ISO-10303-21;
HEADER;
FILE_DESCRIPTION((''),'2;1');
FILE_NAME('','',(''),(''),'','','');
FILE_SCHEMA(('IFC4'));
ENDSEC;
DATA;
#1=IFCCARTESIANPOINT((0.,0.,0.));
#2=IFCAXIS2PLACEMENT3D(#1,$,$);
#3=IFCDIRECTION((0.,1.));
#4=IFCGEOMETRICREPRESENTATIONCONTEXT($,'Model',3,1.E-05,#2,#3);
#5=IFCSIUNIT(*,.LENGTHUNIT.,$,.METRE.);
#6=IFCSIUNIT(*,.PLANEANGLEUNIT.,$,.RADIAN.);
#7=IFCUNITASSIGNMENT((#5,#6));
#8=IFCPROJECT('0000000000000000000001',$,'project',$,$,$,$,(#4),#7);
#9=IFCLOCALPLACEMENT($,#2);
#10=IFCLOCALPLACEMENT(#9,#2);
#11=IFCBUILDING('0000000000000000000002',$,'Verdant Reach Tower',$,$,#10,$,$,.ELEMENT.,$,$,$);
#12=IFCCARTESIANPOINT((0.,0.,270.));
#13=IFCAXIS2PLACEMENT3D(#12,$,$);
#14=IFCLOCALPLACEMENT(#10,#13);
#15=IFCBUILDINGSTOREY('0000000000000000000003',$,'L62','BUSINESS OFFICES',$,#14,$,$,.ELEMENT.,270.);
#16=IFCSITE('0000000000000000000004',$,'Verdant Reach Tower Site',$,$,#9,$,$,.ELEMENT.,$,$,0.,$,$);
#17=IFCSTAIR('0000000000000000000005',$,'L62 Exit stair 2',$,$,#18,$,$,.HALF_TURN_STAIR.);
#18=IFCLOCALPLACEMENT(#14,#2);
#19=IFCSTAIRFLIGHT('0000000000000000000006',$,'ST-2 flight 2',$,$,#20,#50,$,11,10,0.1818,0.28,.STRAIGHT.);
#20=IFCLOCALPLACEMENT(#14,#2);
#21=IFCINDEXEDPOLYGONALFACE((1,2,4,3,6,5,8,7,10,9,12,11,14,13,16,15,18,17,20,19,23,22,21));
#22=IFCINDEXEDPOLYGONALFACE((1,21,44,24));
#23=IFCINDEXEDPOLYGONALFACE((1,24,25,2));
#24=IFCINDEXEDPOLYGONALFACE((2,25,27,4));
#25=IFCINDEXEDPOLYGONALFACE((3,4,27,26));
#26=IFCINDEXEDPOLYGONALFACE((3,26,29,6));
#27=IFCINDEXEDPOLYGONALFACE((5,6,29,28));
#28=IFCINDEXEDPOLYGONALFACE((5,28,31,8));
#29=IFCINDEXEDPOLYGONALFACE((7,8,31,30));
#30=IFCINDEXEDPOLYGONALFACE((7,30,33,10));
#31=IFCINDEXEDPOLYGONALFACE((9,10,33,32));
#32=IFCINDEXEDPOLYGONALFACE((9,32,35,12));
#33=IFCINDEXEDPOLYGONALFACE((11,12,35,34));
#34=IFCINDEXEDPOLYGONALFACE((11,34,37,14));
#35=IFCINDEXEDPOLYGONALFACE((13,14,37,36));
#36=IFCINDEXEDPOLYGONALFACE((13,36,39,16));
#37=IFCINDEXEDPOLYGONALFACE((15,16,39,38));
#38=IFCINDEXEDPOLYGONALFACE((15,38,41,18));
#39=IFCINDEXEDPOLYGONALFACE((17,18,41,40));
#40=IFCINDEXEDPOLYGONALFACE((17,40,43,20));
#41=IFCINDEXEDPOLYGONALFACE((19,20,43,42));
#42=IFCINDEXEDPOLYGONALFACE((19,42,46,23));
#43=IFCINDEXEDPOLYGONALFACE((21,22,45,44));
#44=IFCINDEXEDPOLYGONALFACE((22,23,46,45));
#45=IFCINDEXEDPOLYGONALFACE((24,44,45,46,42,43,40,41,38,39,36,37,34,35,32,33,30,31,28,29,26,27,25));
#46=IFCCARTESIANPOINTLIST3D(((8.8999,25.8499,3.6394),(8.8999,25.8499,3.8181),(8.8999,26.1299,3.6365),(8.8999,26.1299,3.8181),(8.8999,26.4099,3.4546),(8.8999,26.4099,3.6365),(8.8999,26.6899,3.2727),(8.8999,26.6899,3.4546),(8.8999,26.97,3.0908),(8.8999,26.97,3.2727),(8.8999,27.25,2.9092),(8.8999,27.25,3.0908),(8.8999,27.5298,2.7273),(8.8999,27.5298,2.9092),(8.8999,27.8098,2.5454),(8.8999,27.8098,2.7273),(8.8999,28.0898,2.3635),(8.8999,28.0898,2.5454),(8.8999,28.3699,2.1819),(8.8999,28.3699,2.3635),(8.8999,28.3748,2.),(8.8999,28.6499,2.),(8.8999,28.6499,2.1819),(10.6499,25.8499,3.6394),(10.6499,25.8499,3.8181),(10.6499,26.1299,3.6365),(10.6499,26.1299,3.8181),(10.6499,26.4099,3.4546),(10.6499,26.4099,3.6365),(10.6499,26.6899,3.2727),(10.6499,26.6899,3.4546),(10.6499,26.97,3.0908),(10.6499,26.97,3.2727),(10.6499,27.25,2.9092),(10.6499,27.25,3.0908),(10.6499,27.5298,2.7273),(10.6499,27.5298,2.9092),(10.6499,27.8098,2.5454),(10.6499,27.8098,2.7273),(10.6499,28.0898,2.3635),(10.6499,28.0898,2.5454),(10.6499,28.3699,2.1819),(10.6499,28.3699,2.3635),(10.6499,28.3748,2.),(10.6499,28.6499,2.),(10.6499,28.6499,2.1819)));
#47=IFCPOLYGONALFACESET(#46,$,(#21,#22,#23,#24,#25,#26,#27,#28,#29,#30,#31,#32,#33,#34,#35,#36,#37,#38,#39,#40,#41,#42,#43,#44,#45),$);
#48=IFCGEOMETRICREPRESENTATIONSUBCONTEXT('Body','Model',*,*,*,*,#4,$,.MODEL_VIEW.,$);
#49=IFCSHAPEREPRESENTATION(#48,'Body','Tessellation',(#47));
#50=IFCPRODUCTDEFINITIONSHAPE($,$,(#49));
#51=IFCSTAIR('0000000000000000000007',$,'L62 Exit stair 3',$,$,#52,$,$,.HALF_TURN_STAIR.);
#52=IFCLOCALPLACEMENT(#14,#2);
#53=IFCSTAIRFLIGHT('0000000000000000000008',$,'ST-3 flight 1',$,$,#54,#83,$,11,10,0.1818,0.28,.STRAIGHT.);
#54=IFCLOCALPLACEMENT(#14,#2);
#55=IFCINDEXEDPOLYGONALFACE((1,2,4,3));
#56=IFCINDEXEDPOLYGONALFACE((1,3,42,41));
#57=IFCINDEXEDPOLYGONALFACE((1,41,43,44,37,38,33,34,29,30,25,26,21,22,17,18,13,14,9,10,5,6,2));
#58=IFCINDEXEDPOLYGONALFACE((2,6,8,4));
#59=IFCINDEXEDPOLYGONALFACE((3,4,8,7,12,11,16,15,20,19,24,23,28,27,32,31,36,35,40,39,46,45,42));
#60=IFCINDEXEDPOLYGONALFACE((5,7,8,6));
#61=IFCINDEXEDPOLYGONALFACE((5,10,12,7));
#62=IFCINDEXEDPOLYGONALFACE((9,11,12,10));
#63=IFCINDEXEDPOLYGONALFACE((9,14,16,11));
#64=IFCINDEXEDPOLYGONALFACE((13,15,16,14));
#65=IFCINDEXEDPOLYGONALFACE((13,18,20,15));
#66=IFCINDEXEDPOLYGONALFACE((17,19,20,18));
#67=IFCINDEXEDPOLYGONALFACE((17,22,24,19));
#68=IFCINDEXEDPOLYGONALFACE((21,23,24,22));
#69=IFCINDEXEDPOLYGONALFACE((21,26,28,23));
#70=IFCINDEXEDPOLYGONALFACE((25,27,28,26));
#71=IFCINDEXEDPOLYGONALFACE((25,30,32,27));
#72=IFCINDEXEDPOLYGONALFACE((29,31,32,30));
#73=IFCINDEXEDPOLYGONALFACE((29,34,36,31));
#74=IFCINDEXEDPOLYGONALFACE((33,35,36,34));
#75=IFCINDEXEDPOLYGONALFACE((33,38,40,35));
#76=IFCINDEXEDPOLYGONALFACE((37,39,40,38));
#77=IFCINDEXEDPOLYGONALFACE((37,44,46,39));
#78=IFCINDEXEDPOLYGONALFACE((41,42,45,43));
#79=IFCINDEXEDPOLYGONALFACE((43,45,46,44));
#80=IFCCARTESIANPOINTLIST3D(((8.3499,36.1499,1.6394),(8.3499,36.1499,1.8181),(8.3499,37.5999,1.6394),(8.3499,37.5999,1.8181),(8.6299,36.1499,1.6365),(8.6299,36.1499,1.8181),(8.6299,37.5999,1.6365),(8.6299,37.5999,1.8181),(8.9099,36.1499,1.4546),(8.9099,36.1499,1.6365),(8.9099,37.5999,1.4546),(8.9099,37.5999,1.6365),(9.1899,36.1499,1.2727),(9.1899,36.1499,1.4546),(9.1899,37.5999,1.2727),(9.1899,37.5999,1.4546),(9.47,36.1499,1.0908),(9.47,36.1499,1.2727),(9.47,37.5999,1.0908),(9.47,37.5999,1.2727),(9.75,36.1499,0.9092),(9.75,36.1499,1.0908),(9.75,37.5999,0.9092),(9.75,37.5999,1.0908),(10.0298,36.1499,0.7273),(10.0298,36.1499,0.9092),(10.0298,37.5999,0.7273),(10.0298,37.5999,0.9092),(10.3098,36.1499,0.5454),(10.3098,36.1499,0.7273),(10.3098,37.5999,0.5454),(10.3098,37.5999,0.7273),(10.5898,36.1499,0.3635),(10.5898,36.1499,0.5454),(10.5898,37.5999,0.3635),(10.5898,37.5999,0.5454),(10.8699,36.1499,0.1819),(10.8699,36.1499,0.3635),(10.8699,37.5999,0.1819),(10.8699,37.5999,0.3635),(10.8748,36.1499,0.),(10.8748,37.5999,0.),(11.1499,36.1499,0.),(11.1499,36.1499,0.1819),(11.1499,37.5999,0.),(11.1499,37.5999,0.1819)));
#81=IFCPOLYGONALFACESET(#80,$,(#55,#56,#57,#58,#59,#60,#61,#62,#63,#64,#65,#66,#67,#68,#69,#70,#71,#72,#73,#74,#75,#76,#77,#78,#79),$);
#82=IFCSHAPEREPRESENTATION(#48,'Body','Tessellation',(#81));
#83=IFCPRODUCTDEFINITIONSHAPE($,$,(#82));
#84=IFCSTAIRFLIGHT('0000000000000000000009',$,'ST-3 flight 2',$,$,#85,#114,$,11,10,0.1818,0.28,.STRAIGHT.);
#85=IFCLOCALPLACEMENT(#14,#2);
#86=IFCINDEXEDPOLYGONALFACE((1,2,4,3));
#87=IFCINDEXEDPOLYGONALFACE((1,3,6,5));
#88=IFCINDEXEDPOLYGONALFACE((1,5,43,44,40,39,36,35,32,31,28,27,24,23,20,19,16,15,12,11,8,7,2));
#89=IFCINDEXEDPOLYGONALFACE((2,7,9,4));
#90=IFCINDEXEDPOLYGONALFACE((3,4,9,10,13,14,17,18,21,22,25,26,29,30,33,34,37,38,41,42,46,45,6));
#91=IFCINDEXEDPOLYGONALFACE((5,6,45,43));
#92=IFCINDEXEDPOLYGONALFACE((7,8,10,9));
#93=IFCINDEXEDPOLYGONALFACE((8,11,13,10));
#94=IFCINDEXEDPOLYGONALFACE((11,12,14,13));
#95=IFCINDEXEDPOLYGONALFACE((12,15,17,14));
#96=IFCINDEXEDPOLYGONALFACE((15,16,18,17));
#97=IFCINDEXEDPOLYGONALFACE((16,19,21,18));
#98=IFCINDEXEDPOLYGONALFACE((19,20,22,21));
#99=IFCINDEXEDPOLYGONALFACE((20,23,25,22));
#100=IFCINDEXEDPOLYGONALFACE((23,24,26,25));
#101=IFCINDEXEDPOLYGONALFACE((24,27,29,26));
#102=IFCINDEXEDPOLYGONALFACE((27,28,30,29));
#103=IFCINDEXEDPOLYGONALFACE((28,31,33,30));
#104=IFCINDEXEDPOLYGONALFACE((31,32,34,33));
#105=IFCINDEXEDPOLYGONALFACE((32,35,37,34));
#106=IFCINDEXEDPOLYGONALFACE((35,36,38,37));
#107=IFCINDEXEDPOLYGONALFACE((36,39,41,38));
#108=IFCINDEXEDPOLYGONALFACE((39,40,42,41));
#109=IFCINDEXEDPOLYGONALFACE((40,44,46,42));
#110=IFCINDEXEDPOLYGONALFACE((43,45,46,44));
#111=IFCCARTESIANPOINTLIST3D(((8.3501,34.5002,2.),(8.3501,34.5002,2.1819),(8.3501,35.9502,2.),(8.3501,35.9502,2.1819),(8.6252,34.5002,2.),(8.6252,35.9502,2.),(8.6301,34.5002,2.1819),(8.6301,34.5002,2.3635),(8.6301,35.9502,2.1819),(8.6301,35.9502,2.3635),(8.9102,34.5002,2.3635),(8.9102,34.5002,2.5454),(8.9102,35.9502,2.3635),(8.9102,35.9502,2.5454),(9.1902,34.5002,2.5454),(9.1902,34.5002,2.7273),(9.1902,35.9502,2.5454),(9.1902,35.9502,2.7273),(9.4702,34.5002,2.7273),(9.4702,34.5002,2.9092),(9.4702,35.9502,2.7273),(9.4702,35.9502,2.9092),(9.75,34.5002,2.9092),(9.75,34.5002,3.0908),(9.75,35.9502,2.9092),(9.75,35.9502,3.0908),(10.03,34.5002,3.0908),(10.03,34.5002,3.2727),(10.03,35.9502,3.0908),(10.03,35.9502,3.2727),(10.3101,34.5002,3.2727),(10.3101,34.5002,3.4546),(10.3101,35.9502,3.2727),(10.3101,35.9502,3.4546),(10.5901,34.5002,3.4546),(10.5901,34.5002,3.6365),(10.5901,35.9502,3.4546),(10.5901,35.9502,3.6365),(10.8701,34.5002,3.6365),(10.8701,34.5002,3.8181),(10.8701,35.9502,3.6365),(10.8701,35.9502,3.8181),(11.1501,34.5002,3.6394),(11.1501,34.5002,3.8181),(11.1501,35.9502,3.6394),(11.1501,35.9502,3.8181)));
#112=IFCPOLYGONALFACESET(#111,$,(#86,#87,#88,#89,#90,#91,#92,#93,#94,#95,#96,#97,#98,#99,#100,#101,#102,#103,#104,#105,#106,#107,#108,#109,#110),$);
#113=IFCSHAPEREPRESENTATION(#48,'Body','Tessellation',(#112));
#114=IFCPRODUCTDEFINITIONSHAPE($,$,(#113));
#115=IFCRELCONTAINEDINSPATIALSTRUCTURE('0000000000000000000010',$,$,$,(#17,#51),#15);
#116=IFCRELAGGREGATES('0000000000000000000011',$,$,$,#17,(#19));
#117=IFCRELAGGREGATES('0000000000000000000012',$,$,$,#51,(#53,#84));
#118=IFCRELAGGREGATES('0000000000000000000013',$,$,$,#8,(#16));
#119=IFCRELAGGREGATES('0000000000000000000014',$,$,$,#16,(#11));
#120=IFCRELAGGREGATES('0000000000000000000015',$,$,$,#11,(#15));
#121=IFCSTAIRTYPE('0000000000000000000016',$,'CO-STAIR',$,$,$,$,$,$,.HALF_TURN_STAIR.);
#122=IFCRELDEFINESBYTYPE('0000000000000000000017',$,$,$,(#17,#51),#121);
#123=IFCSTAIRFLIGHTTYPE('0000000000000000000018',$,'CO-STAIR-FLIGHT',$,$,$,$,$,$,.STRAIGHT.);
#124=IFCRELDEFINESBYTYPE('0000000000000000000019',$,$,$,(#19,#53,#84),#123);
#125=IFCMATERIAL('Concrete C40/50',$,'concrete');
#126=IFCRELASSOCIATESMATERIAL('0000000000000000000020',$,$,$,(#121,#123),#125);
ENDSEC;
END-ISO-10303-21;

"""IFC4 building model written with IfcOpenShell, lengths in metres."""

from ifc_helpers import new_model, si_unit, direction, frame, origin, place, context, subcontext, project, spatial, polyline, outline, extrude, material, type_object, element, aggregate, save


model = new_model("IFC4")

# Units and contexts
model_context = context("Model", 3, precision=1e-05, world=origin(), true_north=direction((0.0, 1.0)))
body_context = subcontext(model_context, "Body", "Model", "MODEL_VIEW")
ifc_project = project(units=[si_unit("LENGTHUNIT", "METRE"), si_unit("PLANEANGLEUNIT", "RADIAN")], contexts=[model_context])

# Site, building, storey
site_placement = place(None, origin())
site = spatial("IfcSite", under=ifc_project, at=site_placement, Name="Verdant Reach Tower Site", CompositionType="ELEMENT", RefElevation=0.0)
building_placement = place(site_placement, origin())
building = spatial("IfcBuilding", under=site, at=building_placement, Name="Verdant Reach Tower", CompositionType="ELEMENT")
storey_placement = place(building_placement, frame((0.0, 0.0, 270.0)))
storey = spatial("IfcBuildingStorey", under=building, at=storey_placement, Name="L62", Description="BUSINESS OFFICES", CompositionType="ELEMENT", Elevation=270.0)

# Shared definitions
ifc_material_1 = material(Name="Concrete C40/50", Category="concrete")

# Stairs, stair flights
stair_type = type_object("IfcStairType", Name="CO-STAIR", PredefinedType="HALF_TURN_STAIR", material=ifc_material_1)
stair_1_placement = place(storey_placement, origin())
stair_1 = element("IfcStair", 1, at=stair_1_placement, inside=storey, type_object=stair_type, Name="L62 Exit stair 2", PredefinedType="HALF_TURN_STAIR")
stair_flight_type = type_object("IfcStairFlightType", Name="CO-STAIR-FLIGHT", PredefinedType="STRAIGHT", material=ifc_material_1)
stair_flight_1_placement = place(storey_placement, frame((9.7749, 28.6499, 2.0), z_axis=(0.0, 0.0, 1.0), x_axis=(0.0, -1.0, 0.0)))
stair_flight_1 = element("IfcStairFlight", 2, at=stair_flight_1_placement, type_object=stair_flight_type, Name="ST-2 flight 2", NumberOfRisers=11, NumberOfTreads=10, PredefinedType="STRAIGHT", RiserHeight=0.1818, TreadLength=0.28, context=body_context, shape_type="SweptSolid", body=[
    extrude(outline(polyline([(0.0, 0.0), (0.0, 0.1819), (0.28, 0.1819), (0.28, 0.3635), (0.5601, 0.3635), (0.5601, 0.5454), (0.8401, 0.5454), (0.8401, 0.7273), (1.1201, 0.7273), (1.1201, 0.9092), (1.3999, 0.9092), (1.3999, 1.0908), (1.6799, 1.0908), (1.6799, 1.2727), (1.96, 1.2727), (1.96, 1.4546), (2.24, 1.4546), (2.24, 1.6365), (2.52, 1.6365), (2.52, 1.8181), (2.8, 1.8181), (2.8, 2.0), (2.8, 1.6394), (0.2751, 0.0), (0.0, 0.0)])), frame((0.0, 0.875, 0.0), z_axis=(0.0, -1.0, 0.0), x_axis=(1.0, 0.0, 0.0)), (0.0, 0.0, 1.0), 1.75),
])
aggregate(stair_1, [stair_flight_1])
stair_2_placement = place(storey_placement, origin())
stair_2 = element("IfcStair", 3, at=stair_2_placement, inside=storey, type_object=stair_type, Name="L62 Exit stair 3", PredefinedType="HALF_TURN_STAIR")
stair_flight_2_placement = place(storey_placement, frame((11.1499, 36.875, 0.0), z_axis=(0.0, 0.0, 1.0), x_axis=(-1.0, 0.0, 0.0)))
stair_flight_2 = element("IfcStairFlight", 4, at=stair_flight_2_placement, type_object=stair_flight_type, Name="ST-3 flight 1", NumberOfRisers=11, NumberOfTreads=10, PredefinedType="STRAIGHT", RiserHeight=0.1818, TreadLength=0.28, context=body_context, shape_type="SweptSolid", body=[
    extrude(outline(polyline([(0.0, 0.0), (0.0, 0.1819), (0.28, 0.1819), (0.28, 0.3635), (0.5601, 0.3635), (0.5601, 0.5454), (0.8401, 0.5454), (0.8401, 0.7273), (1.1201, 0.7273), (1.1201, 0.9092), (1.3999, 0.9092), (1.3999, 1.0908), (1.6799, 1.0908), (1.6799, 1.2727), (1.96, 1.2727), (1.96, 1.4546), (2.24, 1.4546), (2.24, 1.6365), (2.52, 1.6365), (2.52, 1.8181), (2.8, 1.8181), (2.8, 2.0), (2.8, 1.6394), (0.2751, 0.0), (0.0, 0.0)])), frame((0.0, 0.7251, 0.0), z_axis=(0.0, -1.0, 0.0), x_axis=(1.0, 0.0, 0.0)), (0.0, 0.0, 1.0), 1.45),
])
stair_flight_3_placement = place(storey_placement, frame((8.3501, 35.2251, 2.0), z_axis=(0.0, 0.0, 1.0), x_axis=(1.0, 0.0, 0.0)))
stair_flight_3 = element("IfcStairFlight", 5, at=stair_flight_3_placement, type_object=stair_flight_type, Name="ST-3 flight 2", NumberOfRisers=11, NumberOfTreads=10, PredefinedType="STRAIGHT", RiserHeight=0.1818, TreadLength=0.28, context=body_context, shape_type="SweptSolid", body=[
    extrude(outline(polyline([(0.0, 0.0), (0.0, 0.1819), (0.28, 0.1819), (0.28, 0.3635), (0.5601, 0.3635), (0.5601, 0.5454), (0.8401, 0.5454), (0.8401, 0.7273), (1.1201, 0.7273), (1.1201, 0.9092), (1.3999, 0.9092), (1.3999, 1.0908), (1.6799, 1.0908), (1.6799, 1.2727), (1.96, 1.2727), (1.96, 1.4546), (2.24, 1.4546), (2.24, 1.6365), (2.52, 1.6365), (2.52, 1.8181), (2.8, 1.8181), (2.8, 2.0), (2.8, 1.6394), (0.2751, 0.0), (0.0, 0.0)])), frame((0.0, 0.7251, 0.0), z_axis=(0.0, -1.0, 0.0), x_axis=(1.0, 0.0, 0.0)), (0.0, 0.0, 1.0), 1.45),
])
aggregate(stair_2, [stair_flight_2, stair_flight_3])

save(model, "model.ifc")
